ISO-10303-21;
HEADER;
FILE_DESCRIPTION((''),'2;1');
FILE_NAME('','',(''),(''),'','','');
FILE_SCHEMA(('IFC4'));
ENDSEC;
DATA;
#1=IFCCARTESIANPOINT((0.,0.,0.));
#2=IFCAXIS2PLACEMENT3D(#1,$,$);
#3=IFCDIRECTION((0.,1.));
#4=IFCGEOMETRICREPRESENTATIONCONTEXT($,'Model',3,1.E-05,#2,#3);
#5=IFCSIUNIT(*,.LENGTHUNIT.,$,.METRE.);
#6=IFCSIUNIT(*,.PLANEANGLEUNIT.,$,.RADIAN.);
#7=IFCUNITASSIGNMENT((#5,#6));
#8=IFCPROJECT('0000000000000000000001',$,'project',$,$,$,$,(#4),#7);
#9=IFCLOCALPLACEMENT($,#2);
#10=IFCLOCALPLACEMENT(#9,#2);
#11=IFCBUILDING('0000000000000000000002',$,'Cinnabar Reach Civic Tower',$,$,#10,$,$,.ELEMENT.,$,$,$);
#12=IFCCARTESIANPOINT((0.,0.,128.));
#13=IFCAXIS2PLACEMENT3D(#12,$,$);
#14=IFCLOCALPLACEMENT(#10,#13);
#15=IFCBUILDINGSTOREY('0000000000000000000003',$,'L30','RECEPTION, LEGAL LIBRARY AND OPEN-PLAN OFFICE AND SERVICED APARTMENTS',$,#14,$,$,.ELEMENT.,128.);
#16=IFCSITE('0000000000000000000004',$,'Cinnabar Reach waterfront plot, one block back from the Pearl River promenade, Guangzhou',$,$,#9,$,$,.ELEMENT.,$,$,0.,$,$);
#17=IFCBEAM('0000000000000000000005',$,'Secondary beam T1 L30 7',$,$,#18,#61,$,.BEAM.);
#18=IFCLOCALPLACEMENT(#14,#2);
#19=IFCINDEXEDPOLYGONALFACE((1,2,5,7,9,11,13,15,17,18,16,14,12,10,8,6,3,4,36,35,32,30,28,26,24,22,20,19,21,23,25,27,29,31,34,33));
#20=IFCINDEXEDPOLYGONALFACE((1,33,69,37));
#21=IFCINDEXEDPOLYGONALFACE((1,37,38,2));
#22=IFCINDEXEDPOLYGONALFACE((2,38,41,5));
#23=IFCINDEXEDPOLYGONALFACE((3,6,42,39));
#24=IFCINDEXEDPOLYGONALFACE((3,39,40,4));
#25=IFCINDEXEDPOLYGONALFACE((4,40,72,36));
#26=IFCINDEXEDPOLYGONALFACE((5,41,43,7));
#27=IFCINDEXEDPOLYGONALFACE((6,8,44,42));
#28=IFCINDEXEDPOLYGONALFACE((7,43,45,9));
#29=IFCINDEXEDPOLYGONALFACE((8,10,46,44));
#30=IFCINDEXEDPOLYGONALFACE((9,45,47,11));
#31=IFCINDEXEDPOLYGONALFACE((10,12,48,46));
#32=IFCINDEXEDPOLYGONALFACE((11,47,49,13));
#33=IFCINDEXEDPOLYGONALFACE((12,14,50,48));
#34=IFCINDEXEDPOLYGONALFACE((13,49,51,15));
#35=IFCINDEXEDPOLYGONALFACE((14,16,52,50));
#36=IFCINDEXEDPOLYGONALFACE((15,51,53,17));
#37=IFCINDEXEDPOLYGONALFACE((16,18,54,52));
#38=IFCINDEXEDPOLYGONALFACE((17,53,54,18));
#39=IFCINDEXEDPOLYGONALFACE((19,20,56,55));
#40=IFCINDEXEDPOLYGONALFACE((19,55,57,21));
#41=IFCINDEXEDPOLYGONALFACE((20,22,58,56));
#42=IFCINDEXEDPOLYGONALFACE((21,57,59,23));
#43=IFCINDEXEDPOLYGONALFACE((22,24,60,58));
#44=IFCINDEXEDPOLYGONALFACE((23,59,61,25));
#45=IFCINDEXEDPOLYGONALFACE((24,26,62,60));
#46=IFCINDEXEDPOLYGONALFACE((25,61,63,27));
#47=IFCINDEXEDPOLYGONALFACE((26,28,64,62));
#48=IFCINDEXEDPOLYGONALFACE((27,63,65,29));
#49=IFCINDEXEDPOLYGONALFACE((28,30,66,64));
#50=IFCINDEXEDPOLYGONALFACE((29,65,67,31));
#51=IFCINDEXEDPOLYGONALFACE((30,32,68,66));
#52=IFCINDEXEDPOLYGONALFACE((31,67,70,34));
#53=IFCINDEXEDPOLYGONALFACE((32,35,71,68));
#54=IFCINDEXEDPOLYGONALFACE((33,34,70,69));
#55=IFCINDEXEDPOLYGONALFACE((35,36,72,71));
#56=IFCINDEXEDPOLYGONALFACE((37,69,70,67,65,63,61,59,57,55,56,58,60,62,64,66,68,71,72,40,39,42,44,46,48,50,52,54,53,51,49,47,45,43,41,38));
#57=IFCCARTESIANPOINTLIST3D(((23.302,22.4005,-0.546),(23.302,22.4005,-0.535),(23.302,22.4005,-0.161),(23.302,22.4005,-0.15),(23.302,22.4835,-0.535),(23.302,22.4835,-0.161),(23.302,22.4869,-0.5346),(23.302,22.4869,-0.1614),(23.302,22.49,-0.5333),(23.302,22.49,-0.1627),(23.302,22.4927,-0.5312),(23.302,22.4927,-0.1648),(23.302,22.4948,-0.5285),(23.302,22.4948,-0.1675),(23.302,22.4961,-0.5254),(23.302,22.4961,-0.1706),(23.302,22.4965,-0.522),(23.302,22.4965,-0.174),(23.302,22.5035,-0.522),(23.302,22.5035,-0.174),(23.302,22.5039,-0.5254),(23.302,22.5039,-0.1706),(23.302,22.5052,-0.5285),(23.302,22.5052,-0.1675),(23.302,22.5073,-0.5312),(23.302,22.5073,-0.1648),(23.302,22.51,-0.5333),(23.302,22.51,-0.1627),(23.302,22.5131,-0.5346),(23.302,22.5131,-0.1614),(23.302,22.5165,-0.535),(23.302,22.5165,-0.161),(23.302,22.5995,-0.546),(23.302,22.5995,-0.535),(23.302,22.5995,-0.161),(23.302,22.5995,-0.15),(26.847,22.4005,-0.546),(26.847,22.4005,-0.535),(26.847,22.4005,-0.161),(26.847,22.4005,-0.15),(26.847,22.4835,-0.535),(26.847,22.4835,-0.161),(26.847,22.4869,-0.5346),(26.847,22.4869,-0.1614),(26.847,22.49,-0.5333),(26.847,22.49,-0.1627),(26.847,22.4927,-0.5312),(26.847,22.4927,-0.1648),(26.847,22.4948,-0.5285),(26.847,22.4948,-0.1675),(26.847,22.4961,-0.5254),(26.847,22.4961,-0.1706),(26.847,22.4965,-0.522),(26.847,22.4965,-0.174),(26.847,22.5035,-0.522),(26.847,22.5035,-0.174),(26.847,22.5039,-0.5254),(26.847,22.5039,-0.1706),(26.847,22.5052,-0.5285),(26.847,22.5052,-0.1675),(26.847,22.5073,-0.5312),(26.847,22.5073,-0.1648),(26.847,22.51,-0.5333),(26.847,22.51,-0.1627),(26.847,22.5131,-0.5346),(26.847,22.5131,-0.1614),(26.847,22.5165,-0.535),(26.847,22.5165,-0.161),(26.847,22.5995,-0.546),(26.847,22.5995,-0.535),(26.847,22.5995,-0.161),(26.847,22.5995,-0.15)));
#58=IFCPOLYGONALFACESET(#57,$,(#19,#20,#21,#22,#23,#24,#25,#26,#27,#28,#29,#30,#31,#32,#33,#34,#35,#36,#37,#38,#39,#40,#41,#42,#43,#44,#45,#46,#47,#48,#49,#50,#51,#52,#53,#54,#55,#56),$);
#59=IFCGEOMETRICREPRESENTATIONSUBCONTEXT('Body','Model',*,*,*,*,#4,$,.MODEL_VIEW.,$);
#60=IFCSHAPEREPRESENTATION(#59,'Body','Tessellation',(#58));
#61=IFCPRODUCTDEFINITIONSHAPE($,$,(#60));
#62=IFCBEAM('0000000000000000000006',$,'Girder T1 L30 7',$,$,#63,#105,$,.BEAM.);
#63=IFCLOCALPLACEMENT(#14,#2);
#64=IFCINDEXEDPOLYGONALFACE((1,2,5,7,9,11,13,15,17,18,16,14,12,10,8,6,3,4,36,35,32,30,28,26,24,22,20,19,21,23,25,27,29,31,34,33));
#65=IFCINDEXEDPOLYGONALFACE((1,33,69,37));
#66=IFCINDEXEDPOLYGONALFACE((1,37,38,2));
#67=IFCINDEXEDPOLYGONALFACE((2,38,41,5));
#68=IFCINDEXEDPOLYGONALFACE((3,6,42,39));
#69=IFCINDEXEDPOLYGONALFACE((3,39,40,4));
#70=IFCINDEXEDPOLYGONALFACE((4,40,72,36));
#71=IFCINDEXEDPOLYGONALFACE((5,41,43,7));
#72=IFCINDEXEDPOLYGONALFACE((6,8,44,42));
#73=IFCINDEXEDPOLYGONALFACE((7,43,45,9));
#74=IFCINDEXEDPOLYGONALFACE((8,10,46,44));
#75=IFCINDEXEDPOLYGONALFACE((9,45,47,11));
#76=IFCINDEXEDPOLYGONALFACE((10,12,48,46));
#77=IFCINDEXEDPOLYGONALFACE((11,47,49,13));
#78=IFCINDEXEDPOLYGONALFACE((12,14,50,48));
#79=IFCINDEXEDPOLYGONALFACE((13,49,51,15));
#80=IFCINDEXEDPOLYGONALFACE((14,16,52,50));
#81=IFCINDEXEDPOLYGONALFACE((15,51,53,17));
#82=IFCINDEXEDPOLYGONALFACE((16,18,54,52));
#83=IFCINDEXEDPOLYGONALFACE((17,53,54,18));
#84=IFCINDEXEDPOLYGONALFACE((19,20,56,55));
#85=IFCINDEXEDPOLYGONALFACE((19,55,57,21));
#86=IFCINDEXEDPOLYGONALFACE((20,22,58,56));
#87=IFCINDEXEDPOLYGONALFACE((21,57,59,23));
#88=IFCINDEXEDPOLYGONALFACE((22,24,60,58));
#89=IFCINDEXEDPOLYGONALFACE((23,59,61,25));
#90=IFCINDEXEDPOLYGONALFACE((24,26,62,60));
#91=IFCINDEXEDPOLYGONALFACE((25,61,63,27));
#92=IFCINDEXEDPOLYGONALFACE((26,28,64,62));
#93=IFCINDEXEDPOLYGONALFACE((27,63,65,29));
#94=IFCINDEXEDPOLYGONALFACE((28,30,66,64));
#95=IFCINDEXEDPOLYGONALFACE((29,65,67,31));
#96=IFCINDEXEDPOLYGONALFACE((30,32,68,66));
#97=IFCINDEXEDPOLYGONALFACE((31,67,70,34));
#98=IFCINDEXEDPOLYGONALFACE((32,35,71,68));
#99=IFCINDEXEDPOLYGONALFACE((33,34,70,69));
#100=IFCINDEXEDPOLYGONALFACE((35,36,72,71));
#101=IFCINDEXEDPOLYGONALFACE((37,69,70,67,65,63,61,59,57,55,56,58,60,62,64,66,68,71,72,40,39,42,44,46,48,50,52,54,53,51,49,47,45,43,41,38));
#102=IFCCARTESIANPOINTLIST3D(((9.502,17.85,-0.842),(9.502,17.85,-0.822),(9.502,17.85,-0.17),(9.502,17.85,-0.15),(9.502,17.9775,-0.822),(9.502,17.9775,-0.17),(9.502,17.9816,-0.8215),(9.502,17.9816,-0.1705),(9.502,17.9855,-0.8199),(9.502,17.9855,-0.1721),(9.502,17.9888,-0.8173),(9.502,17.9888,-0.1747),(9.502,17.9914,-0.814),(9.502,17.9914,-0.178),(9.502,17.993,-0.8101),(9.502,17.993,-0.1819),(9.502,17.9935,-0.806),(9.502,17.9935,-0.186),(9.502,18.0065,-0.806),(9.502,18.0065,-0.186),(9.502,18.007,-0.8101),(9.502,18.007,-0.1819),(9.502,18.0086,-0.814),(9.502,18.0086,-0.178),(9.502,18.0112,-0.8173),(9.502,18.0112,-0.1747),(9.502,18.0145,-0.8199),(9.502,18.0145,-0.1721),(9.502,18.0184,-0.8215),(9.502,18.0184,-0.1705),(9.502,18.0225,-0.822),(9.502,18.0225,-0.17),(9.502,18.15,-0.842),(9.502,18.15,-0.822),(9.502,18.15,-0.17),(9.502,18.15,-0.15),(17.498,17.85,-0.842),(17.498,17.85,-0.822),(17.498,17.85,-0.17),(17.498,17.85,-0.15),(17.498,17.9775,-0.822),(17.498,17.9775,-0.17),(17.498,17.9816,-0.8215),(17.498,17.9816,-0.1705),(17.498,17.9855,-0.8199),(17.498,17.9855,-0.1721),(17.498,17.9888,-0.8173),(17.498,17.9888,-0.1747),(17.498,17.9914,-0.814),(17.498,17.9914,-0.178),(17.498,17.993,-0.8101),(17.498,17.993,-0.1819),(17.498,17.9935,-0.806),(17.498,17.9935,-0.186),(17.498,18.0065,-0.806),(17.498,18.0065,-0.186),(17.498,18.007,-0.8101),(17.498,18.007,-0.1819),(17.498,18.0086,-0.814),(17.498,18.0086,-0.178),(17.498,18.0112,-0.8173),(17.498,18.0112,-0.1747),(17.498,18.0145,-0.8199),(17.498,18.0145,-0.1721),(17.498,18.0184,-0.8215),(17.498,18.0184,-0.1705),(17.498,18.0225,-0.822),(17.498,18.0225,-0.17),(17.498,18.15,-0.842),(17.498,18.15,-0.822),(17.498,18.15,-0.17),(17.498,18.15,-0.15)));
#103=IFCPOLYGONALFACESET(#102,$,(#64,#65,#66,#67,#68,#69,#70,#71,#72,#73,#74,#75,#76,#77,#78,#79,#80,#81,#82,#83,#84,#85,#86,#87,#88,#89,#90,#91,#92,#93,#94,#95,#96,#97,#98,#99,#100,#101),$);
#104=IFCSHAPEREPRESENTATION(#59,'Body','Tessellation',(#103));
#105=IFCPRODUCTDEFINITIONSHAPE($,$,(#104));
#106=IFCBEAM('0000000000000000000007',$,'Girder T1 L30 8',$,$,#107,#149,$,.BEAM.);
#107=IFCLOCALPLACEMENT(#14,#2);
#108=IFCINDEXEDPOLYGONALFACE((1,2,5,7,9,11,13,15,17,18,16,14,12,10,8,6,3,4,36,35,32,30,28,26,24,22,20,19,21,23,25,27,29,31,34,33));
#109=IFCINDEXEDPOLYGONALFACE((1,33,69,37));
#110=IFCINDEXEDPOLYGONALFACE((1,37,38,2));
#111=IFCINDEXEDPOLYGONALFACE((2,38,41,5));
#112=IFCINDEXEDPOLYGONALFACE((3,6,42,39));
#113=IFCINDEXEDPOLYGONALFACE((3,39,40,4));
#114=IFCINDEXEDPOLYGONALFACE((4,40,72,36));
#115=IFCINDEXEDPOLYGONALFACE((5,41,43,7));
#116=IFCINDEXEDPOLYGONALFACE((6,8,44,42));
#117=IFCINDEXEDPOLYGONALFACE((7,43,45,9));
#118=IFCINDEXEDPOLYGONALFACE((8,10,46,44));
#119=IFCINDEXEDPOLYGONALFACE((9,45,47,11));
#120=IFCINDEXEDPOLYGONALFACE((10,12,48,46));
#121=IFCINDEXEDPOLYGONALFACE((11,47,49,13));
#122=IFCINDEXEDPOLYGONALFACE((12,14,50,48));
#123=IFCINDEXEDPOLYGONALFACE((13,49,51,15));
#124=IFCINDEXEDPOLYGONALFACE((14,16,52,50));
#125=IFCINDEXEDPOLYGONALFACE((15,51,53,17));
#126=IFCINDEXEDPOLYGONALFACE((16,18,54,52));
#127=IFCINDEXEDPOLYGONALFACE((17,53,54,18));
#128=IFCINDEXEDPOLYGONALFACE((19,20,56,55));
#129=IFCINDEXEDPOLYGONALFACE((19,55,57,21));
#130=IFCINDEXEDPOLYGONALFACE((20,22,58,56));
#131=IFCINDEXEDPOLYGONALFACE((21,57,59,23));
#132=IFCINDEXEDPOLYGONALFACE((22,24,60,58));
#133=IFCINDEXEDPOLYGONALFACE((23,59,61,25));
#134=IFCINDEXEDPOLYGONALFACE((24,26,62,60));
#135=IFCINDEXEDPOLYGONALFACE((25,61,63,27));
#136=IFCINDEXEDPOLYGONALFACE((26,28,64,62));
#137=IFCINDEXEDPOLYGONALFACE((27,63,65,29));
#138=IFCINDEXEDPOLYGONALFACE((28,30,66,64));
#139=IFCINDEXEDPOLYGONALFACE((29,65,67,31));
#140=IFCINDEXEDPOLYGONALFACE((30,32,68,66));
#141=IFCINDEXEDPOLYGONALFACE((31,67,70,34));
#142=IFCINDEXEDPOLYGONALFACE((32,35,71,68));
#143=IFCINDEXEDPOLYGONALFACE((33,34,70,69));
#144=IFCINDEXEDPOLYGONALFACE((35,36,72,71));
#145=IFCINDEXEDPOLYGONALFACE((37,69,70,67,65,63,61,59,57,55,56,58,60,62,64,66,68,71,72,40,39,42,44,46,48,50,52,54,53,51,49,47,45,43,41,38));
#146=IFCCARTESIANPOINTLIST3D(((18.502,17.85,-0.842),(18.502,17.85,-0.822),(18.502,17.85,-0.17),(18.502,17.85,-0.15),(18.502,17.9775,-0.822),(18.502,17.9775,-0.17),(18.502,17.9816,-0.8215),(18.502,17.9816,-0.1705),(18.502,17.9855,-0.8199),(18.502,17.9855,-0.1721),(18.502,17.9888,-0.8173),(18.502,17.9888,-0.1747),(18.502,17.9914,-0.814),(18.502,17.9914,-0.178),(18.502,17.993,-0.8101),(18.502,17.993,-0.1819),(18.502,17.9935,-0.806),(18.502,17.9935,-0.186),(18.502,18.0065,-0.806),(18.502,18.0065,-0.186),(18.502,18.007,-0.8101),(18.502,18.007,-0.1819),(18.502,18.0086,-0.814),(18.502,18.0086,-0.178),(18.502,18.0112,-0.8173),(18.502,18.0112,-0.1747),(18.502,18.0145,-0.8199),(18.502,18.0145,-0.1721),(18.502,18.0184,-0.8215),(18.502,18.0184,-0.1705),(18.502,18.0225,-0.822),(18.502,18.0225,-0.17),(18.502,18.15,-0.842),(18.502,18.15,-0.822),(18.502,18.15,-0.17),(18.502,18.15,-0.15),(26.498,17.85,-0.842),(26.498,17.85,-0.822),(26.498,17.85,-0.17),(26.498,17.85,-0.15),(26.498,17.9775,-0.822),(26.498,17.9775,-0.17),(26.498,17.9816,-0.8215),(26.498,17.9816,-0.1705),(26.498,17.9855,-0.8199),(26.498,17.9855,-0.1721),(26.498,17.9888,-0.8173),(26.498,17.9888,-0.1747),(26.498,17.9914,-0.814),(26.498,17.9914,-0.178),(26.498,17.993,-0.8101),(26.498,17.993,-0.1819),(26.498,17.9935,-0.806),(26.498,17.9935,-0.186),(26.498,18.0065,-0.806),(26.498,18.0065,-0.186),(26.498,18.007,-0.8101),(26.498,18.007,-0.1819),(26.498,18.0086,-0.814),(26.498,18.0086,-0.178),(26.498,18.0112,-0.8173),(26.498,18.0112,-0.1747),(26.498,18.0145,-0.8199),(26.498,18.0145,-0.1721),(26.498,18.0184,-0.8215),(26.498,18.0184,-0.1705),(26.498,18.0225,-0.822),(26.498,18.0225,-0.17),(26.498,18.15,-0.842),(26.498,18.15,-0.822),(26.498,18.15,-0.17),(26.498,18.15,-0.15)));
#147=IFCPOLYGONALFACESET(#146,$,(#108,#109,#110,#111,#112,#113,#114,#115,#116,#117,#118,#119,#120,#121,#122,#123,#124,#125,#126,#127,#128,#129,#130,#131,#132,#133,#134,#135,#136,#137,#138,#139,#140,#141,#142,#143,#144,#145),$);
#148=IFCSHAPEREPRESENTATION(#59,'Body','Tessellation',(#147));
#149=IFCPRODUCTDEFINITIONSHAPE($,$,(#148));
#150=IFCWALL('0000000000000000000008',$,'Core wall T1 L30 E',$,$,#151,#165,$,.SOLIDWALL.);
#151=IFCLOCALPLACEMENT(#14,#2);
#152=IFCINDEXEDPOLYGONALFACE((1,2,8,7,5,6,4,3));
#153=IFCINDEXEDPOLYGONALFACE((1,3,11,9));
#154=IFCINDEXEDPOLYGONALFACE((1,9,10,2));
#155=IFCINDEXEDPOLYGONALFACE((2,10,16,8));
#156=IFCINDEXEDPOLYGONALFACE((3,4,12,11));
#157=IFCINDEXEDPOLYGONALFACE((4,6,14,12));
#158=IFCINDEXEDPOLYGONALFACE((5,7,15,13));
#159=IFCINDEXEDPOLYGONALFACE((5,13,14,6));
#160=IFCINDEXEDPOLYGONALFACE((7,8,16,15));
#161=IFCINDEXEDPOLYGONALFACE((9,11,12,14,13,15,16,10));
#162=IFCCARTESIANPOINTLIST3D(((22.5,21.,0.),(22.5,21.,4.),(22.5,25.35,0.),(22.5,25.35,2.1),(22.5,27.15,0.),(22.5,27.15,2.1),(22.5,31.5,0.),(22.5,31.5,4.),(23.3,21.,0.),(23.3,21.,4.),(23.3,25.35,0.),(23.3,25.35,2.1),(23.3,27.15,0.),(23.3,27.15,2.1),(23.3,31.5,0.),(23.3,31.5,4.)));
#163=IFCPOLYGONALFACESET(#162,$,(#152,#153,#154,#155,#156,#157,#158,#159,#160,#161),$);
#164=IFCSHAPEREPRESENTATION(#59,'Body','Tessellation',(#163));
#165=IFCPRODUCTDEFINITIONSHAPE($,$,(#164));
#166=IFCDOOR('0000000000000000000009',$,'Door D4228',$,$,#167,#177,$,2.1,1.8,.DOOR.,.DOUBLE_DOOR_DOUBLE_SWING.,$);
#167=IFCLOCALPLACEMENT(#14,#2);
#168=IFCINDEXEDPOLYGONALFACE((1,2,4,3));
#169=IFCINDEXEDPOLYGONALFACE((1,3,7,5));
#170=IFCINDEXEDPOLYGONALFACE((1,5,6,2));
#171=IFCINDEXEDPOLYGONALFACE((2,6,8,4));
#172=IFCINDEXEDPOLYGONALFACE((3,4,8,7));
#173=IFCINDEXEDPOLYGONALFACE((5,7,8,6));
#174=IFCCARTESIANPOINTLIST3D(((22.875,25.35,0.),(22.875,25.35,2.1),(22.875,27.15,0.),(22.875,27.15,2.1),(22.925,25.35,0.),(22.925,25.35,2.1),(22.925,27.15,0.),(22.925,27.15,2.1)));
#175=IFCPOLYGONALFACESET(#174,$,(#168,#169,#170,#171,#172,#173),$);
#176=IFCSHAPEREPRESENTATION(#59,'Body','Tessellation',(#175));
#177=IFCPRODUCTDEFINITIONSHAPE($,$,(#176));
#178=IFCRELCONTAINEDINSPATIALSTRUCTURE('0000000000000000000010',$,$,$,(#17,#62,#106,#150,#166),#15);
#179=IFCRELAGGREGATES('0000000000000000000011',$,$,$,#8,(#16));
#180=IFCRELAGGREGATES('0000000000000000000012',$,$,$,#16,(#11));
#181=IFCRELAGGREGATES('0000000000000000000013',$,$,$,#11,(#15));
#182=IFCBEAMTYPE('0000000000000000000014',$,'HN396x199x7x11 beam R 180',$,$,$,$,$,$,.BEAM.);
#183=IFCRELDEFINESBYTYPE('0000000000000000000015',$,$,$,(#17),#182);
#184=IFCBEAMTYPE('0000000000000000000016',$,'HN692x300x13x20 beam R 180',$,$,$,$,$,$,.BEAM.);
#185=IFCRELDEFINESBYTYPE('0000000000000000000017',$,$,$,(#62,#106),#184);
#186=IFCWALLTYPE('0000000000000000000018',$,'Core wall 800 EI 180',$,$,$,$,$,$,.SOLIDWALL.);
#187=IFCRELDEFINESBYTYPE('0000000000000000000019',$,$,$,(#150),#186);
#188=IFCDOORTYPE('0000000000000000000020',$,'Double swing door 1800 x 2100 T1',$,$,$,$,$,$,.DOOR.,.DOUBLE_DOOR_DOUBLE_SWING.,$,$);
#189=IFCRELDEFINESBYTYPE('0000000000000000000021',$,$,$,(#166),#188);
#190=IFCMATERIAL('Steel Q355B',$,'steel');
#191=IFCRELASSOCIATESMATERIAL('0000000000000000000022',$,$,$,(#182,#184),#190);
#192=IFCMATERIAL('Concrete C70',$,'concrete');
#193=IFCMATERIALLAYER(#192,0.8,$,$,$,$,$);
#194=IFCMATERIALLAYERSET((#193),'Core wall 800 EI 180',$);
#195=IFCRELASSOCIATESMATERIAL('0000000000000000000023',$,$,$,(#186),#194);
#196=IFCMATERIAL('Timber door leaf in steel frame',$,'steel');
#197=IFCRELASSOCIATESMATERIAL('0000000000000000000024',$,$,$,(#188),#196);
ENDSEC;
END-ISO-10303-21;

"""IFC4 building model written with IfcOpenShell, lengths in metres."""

from ifc_helpers import new_model, si_unit, direction, frame, frame_2d, origin, origin_2d, place, context, subcontext, project, spatial, rectangle, i_section, extrude, material, layer, layer_set, material_profile, profile_set, type_object, element, fill, save


model = new_model("IFC4")

# Units and contexts
model_context = context("Model", 3, precision=1e-05, world=origin(), true_north=direction((0.0, 1.0)))
body_context = subcontext(model_context, "Body", "Model", "MODEL_VIEW")
ifc_project = project(units=[si_unit("LENGTHUNIT", "METRE"), si_unit("PLANEANGLEUNIT", "RADIAN")], contexts=[model_context])

# Site, building, storey
site_placement = place(None, origin())
site = spatial("IfcSite", under=ifc_project, at=site_placement, Name="Cinnabar Reach waterfront plot, one block back from the Pearl River promenade, Guangzhou", CompositionType="ELEMENT", RefElevation=0.0)
building_placement = place(site_placement, origin())
building = spatial("IfcBuilding", under=site, at=building_placement, Name="Cinnabar Reach Civic Tower", CompositionType="ELEMENT")
storey_placement = place(building_placement, frame((0.0, 0.0, 128.0)))
storey = spatial("IfcBuildingStorey", under=building, at=storey_placement, Name="L30", Description="RECEPTION, LEGAL LIBRARY AND OPEN-PLAN OFFICE AND SERVICED APARTMENTS", CompositionType="ELEMENT", Elevation=128.0)

# Shared definitions
ifc_material_1 = material(Name="Concrete C70", Category="concrete")

# Beams
ifc_material_2 = material(Name="Steel Q355B", Category="steel")
ifc_material_profile_1 = material_profile(ifc_material_2, i_section(OverallWidth=0.199, OverallDepth=0.396, WebThickness=0.007, FlangeThickness=0.011, FilletRadius=0.013, at=origin_2d()), Name="HN396x199x7x11")
ifc_profile_set_1 = profile_set([ifc_material_profile_1], Name="Steel Q355B")
beam_type_1 = type_object("IfcBeamType", Name="HN396x199x7x11 beam R 180", PredefinedType="BEAM", material=ifc_profile_set_1)
beam_1_placement = place(storey_placement, frame((23.302, 22.5, -0.348), z_axis=(1.0, 0.0, 0.0), x_axis=(0.0, 1.0, 0.0)))
element("IfcBeam", 1, at=beam_1_placement, inside=storey, type_object=beam_type_1, Name="Secondary beam T1 L30 7", PredefinedType="BEAM", context=body_context, shape_type="SweptSolid", body=[
    extrude(i_section(OverallWidth=0.199, OverallDepth=0.396, WebThickness=0.007, FlangeThickness=0.011, FilletRadius=0.013, at=origin_2d()), origin(), (0.0, 0.0, 1.0), 3.545),
])
ifc_material_profile_2 = material_profile(ifc_material_2, i_section(OverallWidth=0.3, OverallDepth=0.692, WebThickness=0.013, FlangeThickness=0.02, FilletRadius=0.016, at=origin_2d()), Name="HN692x300x13x20")
ifc_profile_set_2 = profile_set([ifc_material_profile_2], Name="Steel Q355B")
beam_type_2 = type_object("IfcBeamType", Name="HN692x300x13x20 beam R 180", PredefinedType="BEAM", material=ifc_profile_set_2)
for number, where, z_axis, x_axis, name in (
    (2, (9.502, 18.0, -0.496), (1.0, 0.0, 0.0), (0.0, 1.0, 0.0), "Girder T1 L30 7"),
    (3, (18.502, 18.0, -0.496), (1.0, 0.0, 0.0), (0.0, 1.0, 0.0), "Girder T1 L30 8"),
):
    element("IfcBeam", number, at=place(storey_placement, frame(where, z_axis=z_axis, x_axis=x_axis)), inside=storey, type_object=beam_type_2, Name=name, PredefinedType="BEAM", context=body_context, shape_type="SweptSolid", body=[
        extrude(i_section(OverallWidth=0.3, OverallDepth=0.692, WebThickness=0.013, FlangeThickness=0.02, FilletRadius=0.016, at=origin_2d()), origin(), (0.0, 0.0, 1.0), 7.996),
    ])

# Wall, opening, door
ifc_layer_1 = layer(ifc_material_1, 0.8)
ifc_layer_set_1 = layer_set([ifc_layer_1], Name="Core wall 800 EI 180")
wall_type_1 = type_object("IfcWallType", Name="Core wall 800 EI 180", PredefinedType="SOLIDWALL", material=ifc_layer_set_1)
wall_1_placement = place(storey_placement, frame((22.9, 21.0, 0.0), z_axis=(0.0, 0.0, 1.0), x_axis=(0.0, 1.0, 0.0)))
wall_1 = element("IfcWall", 4, at=wall_1_placement, inside=storey, type_object=wall_type_1, Name="Core wall T1 L30 E", PredefinedType="SOLIDWALL", context=body_context, shape_type="SweptSolid", body=[
    extrude(rectangle(XDim=10.5, YDim=0.8, at=frame_2d((5.25, 0.0))), origin(), (0.0, 0.0, 1.0), 4.0),
])
opening_1_placement = place(wall_1_placement, frame((4.35, 0.0, 0.0)))
opening_1 = element("IfcOpeningElement", 5, at=opening_1_placement, cuts=wall_1, PredefinedType="OPENING", context=body_context, shape_type="SweptSolid", body=[
    extrude(rectangle(XDim=1.8, YDim=2.1, at=frame_2d((0.9, 1.05))), frame((0.0, 0.41, 0.0), z_axis=(0.0, -1.0, 0.0), x_axis=(1.0, 0.0, 0.0)), (0.0, 0.0, 1.0), 0.82),
])
ifc_material_3 = material(Name="Timber door leaf in steel frame", Category="steel")
door_type_1 = type_object("IfcDoorType", Name="Double swing door 1800 x 2100 T1", OperationType="DOUBLE_DOOR_DOUBLE_SWING", PredefinedType="DOOR", material=ifc_material_3)
door_1_placement = place(opening_1_placement, origin())
door_1 = element("IfcDoor", 6, at=door_1_placement, inside=storey, type_object=door_type_1, Name="Door D4228", OperationType="DOUBLE_DOOR_DOUBLE_SWING", OverallHeight=2.1, OverallWidth=1.8, PredefinedType="DOOR", context=body_context, shape_type="SweptSolid", body=[
    extrude(rectangle(XDim=1.8, YDim=2.1, at=frame_2d((0.9, 1.05))), frame((0.0, 0.025, 0.0), z_axis=(0.0, -1.0, 0.0), x_axis=(1.0, 0.0, 0.0)), (0.0, 0.0, 1.0), 0.05),
])
fill(opening_1, door_1)

save(model, "model.ifc")
